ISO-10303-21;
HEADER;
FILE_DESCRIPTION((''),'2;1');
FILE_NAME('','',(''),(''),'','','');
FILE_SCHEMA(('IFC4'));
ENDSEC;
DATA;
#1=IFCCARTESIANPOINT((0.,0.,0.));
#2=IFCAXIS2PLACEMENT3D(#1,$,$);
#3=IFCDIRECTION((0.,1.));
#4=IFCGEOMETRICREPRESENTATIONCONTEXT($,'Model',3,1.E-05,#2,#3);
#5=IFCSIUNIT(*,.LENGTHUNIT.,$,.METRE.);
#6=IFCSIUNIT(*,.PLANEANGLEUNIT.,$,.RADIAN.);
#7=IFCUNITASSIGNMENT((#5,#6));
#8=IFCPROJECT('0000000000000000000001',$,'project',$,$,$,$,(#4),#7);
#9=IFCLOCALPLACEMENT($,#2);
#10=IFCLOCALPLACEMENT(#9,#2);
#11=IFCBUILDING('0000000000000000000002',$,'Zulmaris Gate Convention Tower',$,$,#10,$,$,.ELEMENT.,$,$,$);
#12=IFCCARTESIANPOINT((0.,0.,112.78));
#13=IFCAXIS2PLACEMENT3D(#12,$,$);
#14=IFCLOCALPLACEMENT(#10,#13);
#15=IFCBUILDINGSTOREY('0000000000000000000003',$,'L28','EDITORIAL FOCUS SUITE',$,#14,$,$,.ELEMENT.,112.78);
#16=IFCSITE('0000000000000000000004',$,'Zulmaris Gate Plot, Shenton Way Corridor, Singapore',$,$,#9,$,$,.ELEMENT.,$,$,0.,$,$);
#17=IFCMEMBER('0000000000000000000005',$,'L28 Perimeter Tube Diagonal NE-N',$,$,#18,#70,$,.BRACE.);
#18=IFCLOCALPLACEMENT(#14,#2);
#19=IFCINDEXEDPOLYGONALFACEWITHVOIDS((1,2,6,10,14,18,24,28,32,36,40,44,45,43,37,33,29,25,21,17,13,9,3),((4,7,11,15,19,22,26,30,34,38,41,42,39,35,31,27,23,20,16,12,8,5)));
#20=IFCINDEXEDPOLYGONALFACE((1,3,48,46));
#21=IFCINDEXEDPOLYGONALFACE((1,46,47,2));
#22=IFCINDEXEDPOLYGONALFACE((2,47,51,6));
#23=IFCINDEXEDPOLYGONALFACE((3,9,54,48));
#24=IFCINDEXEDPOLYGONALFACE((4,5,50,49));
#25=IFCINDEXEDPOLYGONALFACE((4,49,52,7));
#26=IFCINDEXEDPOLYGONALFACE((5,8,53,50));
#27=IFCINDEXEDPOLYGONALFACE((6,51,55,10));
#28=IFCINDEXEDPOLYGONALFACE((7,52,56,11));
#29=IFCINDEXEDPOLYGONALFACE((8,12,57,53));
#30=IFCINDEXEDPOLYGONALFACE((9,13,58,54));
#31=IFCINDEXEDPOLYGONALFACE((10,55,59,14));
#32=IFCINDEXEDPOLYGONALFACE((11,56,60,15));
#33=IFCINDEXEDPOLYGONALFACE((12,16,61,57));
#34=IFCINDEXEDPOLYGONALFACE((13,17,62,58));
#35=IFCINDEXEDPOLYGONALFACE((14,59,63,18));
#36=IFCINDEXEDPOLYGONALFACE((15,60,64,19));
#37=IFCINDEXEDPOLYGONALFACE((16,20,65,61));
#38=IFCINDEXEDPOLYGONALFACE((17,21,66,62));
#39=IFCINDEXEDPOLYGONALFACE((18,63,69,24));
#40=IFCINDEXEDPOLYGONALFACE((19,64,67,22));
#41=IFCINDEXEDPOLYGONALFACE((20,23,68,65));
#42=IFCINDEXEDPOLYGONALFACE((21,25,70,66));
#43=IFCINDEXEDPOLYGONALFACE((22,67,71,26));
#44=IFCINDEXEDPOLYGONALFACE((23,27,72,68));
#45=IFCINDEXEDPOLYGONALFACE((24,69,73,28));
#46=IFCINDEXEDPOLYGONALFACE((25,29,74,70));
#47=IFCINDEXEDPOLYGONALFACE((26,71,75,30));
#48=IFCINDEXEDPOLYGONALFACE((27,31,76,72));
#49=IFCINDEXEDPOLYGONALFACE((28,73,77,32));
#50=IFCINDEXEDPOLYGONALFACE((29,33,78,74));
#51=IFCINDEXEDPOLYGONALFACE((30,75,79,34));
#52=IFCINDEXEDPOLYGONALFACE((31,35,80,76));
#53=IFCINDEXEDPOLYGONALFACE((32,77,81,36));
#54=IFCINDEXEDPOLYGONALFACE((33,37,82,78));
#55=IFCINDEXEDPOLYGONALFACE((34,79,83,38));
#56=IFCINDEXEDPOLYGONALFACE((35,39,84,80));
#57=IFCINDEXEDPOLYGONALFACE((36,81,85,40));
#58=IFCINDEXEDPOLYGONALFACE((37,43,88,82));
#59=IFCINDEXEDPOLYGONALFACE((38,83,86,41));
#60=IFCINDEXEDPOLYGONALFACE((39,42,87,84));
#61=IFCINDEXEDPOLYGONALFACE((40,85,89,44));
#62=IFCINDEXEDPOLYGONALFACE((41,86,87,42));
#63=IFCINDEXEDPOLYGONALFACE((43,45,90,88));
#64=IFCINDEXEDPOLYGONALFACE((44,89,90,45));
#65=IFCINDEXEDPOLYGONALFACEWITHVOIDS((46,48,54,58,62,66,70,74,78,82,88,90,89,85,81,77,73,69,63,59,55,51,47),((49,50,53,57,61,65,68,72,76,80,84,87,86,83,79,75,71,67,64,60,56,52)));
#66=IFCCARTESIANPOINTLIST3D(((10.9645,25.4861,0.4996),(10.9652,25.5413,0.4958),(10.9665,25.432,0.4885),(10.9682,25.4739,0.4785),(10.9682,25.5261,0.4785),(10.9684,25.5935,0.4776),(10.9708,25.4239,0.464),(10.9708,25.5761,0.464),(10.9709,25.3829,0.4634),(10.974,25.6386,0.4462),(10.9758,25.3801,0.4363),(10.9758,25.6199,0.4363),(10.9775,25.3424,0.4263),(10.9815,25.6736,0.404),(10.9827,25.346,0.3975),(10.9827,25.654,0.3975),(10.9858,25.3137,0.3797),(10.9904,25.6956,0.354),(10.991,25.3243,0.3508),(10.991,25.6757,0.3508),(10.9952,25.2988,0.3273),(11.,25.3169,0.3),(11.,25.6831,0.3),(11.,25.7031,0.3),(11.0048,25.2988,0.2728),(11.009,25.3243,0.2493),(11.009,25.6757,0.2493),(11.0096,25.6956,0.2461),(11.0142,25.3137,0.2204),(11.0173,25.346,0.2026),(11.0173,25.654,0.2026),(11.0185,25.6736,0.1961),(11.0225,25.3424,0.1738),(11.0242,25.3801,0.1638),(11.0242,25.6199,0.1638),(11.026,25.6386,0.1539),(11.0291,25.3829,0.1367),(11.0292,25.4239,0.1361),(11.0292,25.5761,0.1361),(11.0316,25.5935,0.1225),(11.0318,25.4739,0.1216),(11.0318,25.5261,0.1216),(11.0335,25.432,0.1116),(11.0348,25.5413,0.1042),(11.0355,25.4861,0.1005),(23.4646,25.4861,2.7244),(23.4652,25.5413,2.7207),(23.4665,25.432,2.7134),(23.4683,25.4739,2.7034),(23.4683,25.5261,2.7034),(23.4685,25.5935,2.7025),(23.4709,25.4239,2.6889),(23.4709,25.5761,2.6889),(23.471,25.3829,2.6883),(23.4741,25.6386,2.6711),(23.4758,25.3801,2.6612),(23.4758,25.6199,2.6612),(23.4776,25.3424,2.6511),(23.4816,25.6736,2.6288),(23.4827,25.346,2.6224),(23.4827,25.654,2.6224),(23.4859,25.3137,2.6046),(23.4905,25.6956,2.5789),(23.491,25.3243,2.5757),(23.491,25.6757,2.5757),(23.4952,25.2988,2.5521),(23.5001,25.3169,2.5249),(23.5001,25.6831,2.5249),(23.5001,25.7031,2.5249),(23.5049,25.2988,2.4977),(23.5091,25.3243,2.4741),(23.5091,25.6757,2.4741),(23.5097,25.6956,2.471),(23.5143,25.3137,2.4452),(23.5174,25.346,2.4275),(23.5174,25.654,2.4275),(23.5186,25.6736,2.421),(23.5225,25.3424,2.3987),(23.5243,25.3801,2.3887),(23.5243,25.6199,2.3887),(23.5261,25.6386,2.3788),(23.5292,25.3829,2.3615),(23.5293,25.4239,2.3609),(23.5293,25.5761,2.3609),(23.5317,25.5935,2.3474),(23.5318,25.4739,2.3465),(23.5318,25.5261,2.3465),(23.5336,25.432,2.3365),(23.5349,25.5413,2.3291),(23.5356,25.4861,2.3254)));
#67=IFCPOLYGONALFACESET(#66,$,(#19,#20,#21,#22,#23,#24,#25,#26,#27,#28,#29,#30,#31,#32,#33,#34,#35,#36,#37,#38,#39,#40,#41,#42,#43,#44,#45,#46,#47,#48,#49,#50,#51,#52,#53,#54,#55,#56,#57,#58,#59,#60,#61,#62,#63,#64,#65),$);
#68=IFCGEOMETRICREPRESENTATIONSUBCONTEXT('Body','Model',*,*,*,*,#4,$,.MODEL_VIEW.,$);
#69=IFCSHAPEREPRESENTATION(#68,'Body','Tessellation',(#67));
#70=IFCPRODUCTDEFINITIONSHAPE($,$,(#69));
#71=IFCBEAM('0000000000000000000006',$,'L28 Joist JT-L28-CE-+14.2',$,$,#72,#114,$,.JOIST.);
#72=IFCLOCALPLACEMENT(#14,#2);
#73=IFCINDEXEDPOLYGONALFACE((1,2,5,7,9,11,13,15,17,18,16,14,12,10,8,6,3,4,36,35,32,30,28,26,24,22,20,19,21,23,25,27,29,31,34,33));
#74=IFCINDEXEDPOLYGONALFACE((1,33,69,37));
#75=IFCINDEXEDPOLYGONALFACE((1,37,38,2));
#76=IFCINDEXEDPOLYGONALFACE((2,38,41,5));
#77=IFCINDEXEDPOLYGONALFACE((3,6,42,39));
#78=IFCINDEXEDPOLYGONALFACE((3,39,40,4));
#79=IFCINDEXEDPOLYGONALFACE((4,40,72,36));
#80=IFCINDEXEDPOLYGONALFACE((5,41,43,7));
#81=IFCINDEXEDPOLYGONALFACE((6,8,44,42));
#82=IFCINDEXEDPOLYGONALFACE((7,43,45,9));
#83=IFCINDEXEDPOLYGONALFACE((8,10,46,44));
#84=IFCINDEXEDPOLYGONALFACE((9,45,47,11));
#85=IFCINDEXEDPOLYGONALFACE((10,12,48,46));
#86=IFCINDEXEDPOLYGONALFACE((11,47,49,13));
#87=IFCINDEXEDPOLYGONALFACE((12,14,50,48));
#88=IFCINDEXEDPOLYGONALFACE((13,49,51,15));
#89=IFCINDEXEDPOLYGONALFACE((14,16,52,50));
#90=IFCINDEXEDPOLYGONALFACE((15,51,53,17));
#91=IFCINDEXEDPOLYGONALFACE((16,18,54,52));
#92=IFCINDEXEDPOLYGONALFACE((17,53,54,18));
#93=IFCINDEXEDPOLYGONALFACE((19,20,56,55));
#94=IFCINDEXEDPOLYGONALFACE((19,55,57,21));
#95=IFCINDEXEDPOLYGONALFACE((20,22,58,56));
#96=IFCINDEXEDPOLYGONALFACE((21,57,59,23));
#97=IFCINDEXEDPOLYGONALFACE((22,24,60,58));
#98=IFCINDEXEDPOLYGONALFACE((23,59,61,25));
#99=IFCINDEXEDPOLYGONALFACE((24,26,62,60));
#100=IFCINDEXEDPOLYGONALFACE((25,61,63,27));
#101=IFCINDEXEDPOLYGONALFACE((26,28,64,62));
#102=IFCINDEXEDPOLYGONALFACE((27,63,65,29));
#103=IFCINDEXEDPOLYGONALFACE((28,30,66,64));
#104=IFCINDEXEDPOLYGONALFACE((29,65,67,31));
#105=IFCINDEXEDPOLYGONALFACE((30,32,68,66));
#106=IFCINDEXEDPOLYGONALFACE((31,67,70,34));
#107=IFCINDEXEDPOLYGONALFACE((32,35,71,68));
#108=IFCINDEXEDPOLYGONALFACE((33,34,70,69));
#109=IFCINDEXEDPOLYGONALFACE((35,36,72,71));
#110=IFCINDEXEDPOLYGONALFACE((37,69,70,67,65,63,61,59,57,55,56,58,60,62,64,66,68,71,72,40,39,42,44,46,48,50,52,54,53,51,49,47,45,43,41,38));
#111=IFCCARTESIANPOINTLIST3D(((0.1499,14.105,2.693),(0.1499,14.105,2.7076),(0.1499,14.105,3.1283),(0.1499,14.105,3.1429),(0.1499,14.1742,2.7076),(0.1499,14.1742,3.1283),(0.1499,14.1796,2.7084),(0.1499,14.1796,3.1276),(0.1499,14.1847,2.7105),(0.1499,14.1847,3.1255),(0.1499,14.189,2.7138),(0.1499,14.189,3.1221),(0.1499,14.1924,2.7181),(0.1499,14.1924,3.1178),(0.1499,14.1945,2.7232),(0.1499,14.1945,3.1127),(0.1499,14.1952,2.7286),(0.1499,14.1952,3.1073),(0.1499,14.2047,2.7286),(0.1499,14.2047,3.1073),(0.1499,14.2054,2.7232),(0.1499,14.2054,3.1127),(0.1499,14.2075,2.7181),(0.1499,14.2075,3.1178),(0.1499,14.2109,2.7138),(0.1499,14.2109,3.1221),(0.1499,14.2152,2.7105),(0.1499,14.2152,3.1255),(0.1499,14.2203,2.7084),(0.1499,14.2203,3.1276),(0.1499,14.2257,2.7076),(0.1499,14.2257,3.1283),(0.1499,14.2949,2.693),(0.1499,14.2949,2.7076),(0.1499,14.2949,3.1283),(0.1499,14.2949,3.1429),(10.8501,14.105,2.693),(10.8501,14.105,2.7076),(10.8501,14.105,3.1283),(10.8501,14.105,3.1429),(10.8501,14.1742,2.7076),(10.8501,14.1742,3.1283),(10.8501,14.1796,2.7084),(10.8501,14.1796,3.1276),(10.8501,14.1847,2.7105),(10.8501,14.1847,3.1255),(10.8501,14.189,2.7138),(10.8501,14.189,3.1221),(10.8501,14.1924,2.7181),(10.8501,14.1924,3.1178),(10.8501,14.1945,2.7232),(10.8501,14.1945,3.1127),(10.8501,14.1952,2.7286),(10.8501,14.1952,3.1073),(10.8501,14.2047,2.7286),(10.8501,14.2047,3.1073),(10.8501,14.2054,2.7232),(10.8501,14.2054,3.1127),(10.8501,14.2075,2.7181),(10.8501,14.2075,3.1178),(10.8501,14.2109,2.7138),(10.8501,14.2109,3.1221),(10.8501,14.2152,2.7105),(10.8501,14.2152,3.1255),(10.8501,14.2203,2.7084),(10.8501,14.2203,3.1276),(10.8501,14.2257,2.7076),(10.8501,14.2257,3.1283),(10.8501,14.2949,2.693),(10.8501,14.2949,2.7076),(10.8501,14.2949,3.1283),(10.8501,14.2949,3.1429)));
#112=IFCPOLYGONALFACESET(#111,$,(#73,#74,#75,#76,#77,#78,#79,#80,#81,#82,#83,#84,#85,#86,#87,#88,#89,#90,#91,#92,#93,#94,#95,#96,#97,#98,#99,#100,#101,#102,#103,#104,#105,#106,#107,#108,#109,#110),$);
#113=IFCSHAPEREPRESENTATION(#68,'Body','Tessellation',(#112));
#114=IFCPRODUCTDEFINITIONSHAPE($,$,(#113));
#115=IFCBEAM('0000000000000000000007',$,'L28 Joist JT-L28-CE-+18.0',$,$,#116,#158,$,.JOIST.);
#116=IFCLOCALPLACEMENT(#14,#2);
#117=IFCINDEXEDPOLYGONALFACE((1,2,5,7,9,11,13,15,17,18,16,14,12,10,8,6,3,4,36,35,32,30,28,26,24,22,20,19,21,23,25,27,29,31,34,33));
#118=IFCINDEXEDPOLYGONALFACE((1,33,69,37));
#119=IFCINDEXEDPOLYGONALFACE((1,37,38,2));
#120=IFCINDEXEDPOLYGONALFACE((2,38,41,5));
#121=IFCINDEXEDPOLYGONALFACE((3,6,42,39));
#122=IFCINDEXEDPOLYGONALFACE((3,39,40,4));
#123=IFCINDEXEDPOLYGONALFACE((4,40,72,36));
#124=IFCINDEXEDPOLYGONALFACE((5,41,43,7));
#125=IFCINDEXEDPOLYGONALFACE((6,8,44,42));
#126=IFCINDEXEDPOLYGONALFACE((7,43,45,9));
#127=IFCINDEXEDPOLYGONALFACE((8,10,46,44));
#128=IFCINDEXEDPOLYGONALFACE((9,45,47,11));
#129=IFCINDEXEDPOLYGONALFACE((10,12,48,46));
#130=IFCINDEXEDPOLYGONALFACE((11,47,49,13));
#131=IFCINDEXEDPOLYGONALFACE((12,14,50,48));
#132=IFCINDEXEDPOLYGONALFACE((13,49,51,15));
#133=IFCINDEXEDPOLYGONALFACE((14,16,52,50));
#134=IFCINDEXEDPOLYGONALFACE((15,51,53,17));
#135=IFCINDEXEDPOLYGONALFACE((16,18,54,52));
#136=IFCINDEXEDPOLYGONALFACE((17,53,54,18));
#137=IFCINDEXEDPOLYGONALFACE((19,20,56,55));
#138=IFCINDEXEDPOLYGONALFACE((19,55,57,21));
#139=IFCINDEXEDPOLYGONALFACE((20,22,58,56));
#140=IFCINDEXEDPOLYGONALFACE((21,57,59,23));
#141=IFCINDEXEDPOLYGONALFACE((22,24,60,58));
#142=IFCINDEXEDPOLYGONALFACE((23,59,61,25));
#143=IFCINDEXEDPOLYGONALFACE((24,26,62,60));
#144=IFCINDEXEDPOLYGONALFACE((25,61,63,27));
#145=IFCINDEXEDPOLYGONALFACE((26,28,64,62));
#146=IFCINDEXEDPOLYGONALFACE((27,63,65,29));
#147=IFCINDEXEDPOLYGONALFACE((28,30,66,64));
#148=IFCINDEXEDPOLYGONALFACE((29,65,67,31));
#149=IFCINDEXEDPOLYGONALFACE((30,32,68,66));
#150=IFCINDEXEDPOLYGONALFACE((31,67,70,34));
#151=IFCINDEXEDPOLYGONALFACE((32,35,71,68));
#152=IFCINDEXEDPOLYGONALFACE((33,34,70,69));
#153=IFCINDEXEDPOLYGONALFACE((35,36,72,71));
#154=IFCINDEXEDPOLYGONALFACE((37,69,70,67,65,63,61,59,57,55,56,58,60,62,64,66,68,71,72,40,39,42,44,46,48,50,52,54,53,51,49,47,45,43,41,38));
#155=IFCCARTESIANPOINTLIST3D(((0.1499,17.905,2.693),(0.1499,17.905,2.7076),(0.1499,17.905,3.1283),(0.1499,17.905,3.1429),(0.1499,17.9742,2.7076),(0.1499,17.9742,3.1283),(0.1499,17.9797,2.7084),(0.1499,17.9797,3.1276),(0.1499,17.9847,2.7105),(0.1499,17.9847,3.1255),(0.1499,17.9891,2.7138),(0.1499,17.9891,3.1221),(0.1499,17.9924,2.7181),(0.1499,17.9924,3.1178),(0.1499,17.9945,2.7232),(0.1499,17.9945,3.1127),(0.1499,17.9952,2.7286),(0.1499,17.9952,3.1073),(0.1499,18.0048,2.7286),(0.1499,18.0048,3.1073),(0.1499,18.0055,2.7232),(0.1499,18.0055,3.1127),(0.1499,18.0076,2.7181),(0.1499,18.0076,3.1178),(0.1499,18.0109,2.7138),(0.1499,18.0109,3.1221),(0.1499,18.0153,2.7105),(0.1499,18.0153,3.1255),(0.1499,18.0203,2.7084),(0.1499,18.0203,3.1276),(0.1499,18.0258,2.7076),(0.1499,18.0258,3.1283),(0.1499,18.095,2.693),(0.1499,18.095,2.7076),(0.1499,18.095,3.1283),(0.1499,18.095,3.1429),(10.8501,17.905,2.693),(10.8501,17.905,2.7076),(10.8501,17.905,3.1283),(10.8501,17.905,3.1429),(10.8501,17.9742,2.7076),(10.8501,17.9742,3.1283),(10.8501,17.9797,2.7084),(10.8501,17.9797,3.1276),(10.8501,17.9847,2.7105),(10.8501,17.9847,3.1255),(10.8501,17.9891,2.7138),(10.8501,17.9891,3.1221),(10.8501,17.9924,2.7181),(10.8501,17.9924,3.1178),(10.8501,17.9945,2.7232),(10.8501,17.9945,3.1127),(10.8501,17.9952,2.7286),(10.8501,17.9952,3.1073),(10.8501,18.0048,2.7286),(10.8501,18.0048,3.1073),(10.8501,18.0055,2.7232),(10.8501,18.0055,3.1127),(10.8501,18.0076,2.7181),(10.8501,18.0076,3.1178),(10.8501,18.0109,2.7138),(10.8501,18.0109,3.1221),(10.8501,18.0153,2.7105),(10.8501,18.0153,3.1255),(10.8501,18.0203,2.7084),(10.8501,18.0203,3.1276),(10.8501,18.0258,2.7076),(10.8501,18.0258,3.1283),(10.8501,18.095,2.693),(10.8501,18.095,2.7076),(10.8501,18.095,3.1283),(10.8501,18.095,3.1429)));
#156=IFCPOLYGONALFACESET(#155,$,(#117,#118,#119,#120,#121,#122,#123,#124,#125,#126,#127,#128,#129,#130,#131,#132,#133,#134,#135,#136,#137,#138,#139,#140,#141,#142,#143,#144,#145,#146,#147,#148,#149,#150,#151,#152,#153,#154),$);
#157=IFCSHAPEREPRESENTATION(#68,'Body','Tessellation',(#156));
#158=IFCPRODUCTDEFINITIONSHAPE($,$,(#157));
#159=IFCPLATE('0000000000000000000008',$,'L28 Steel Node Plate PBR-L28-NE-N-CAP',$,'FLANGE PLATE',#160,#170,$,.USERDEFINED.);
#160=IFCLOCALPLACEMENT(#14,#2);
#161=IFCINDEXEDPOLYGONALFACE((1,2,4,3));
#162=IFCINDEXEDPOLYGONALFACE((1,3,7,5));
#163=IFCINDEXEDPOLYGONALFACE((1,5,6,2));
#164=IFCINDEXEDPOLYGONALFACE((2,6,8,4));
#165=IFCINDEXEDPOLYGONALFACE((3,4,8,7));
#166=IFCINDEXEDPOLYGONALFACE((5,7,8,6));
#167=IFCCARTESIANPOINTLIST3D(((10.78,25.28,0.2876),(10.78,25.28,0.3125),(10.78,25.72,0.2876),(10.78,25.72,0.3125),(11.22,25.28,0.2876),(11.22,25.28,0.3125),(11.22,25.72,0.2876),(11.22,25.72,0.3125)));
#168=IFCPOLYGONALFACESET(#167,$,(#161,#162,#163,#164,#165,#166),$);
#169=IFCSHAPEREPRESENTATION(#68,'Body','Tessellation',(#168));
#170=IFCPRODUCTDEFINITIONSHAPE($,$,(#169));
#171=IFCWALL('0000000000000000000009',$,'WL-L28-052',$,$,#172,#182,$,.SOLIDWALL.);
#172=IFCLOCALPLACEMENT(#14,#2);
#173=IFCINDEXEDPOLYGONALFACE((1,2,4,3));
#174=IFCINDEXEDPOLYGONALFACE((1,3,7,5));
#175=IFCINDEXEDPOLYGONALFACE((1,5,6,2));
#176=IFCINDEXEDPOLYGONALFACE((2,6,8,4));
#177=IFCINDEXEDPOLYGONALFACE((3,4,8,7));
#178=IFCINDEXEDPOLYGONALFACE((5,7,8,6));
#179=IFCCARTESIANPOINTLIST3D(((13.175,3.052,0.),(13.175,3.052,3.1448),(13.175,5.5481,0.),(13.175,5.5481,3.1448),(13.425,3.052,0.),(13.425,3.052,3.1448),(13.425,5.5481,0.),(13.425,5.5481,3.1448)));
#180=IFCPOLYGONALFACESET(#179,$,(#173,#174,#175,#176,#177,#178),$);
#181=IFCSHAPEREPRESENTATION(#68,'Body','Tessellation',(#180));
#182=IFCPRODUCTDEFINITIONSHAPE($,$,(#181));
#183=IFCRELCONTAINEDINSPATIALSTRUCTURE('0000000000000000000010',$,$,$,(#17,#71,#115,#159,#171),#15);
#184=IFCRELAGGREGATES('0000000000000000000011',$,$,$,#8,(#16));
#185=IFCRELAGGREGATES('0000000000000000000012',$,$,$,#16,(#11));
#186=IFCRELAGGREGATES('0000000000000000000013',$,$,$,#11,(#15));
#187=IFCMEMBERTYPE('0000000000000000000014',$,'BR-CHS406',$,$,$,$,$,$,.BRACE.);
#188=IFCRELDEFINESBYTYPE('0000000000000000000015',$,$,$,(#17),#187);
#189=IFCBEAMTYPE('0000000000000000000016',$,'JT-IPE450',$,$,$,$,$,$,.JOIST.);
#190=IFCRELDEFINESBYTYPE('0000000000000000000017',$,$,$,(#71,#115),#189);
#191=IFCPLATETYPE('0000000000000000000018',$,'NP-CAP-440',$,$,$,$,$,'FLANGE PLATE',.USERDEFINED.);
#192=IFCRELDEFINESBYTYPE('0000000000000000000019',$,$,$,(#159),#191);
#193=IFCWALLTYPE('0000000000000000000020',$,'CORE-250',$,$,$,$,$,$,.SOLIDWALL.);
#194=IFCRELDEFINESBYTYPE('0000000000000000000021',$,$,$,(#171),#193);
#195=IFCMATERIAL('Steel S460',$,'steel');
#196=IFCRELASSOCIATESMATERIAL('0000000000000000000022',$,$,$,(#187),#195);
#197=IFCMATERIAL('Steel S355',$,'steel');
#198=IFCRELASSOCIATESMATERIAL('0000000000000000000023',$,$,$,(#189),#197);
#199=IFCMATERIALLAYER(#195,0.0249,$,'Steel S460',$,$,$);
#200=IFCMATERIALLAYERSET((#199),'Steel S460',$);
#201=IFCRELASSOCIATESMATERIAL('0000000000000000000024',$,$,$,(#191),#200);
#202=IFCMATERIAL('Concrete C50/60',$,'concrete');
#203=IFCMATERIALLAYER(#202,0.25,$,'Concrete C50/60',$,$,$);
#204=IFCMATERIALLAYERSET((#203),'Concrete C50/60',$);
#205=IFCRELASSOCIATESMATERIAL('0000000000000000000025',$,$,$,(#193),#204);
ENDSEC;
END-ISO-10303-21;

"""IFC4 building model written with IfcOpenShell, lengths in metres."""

from ifc_helpers import new_model, si_unit, direction, frame, frame_2d, origin, origin_2d, place, context, subcontext, project, spatial, rectangle, hollow_circle, i_section, extrude, material, layer, layer_set, material_profile, profile_set, type_object, element, save


model = new_model("IFC4")

# Units and contexts
model_context = context("Model", 3, precision=1e-05, world=origin(), true_north=direction((0.0, 1.0)))
body_context = subcontext(model_context, "Body", "Model", "MODEL_VIEW")
ifc_project = project(units=[si_unit("LENGTHUNIT", "METRE"), si_unit("PLANEANGLEUNIT", "RADIAN")], contexts=[model_context])

# Site, building, storey
site_placement = place(None, origin())
site = spatial("IfcSite", under=ifc_project, at=site_placement, Name="Zulmaris Gate Plot, Shenton Way Corridor, Singapore", CompositionType="ELEMENT", RefElevation=0.0)
building_placement = place(site_placement, origin())
building = spatial("IfcBuilding", under=site, at=building_placement, Name="Zulmaris Gate Convention Tower", CompositionType="ELEMENT")
storey_placement = place(building_placement, frame((0.0, 0.0, 112.78)))
storey = spatial("IfcBuildingStorey", under=building, at=storey_placement, Name="L28", Description="EDITORIAL FOCUS SUITE", CompositionType="ELEMENT", Elevation=112.78)

# Shared definitions
ifc_material_1 = material(Name="Steel S355", Category="steel")

# Member
ifc_material_2 = material(Name="Steel S460", Category="steel")
ifc_material_profile_1 = material_profile(ifc_material_2, hollow_circle(Radius=0.2031, WallThickness=0.02, at=origin_2d()), Name="CHS 406.4x20")
ifc_profile_set_1 = profile_set([ifc_material_profile_1], Name="Steel S460")
member_type = type_object("IfcMemberType", Name="BR-CHS406", PredefinedType="BRACE", material=ifc_profile_set_1)
member_placement = place(storey_placement, frame((11.0, 25.5, 0.3), z_axis=(0.984527, 0.0, 0.175234), x_axis=(0.0, 1.0, 0.0)))
element("IfcMember", 1, at=member_placement, inside=storey, type_object=member_type, Name="L28 Perimeter Tube Diagonal NE-N", PredefinedType="BRACE", context=body_context, shape_type="SweptSolid", body=[
    extrude(hollow_circle(Radius=0.2031, WallThickness=0.02, at=origin_2d()), origin(), (0.0, 0.0, 1.0), 12.6965),
])

# Beams
ifc_material_profile_2 = material_profile(ifc_material_1, i_section(OverallWidth=0.1899, OverallDepth=0.45, WebThickness=0.0095, FlangeThickness=0.0146, FilletRadius=0.021, at=origin_2d()), Name="IPE 450")
ifc_profile_set_2 = profile_set([ifc_material_profile_2], Name="Steel S355")
beam_type_1 = type_object("IfcBeamType", Name="JT-IPE450", PredefinedType="JOIST", material=ifc_profile_set_2)
for number, where, z_axis, x_axis, name in (
    (2, (0.1499, 14.2, 2.918), (1.0, 0.0, 0.0), (0.0, 1.0, 0.0), "L28 Joist JT-L28-CE-+14.2"),
    (3, (0.1499, 18.0, 2.918), (1.0, 0.0, 0.0), (0.0, 1.0, 0.0), "L28 Joist JT-L28-CE-+18.0"),
):
    element("IfcBeam", number, at=place(storey_placement, frame(where, z_axis=z_axis, x_axis=x_axis)), inside=storey, type_object=beam_type_1, Name=name, PredefinedType="JOIST", context=body_context, shape_type="SweptSolid", body=[
        extrude(i_section(OverallWidth=0.1899, OverallDepth=0.45, WebThickness=0.0095, FlangeThickness=0.0146, FilletRadius=0.021, at=origin_2d()), origin(), (0.0, 0.0, 1.0), 10.7002),
    ])

# Plate
ifc_layer_1 = layer(ifc_material_2, 0.0249, Name="Steel S460")
ifc_layer_set_1 = layer_set([ifc_layer_1], Name="Steel S460")
plate_type = type_object("IfcPlateType", Name="NP-CAP-440", ElementType="FLANGE PLATE", PredefinedType="USERDEFINED", material=ifc_layer_set_1)
plate_placement = place(storey_placement, frame((11.0, 25.5, 0.2876), z_axis=(0.0, 0.0, 1.0), x_axis=(1.0, 0.0, 0.0)))
element("IfcPlate", 4, at=plate_placement, inside=storey, type_object=plate_type, Name="L28 Steel Node Plate PBR-L28-NE-N-CAP", ObjectType="FLANGE PLATE", PredefinedType="USERDEFINED", context=body_context, shape_type="SweptSolid", body=[
    extrude(rectangle(XDim=0.4399, YDim=0.4399, at=origin_2d()), origin(), (0.0, 0.0, 1.0), 0.0249),
])

# Wall
ifc_material_3 = material(Name="Concrete C50/60", Category="concrete")
ifc_layer_2 = layer(ifc_material_3, 0.25, Name="Concrete C50/60")
ifc_layer_set_2 = layer_set([ifc_layer_2], Name="Concrete C50/60")
wall_type_1 = type_object("IfcWallType", Name="CORE-250", PredefinedType="SOLIDWALL", material=ifc_layer_set_2)
wall_1_placement = place(storey_placement, frame((13.3, 3.052, 0.0), z_axis=(0.0, 0.0, 1.0), x_axis=(0.0, 1.0, 0.0)))
element("IfcWall", 5, at=wall_1_placement, inside=storey, type_object=wall_type_1, Name="WL-L28-052", PredefinedType="SOLIDWALL", context=body_context, shape_type="SweptSolid", body=[
    extrude(rectangle(XDim=2.4961, YDim=0.25, at=frame_2d((1.248, 0.0))), origin(), (0.0, 0.0, 1.0), 3.1448),
])

save(model, "model.ifc")
